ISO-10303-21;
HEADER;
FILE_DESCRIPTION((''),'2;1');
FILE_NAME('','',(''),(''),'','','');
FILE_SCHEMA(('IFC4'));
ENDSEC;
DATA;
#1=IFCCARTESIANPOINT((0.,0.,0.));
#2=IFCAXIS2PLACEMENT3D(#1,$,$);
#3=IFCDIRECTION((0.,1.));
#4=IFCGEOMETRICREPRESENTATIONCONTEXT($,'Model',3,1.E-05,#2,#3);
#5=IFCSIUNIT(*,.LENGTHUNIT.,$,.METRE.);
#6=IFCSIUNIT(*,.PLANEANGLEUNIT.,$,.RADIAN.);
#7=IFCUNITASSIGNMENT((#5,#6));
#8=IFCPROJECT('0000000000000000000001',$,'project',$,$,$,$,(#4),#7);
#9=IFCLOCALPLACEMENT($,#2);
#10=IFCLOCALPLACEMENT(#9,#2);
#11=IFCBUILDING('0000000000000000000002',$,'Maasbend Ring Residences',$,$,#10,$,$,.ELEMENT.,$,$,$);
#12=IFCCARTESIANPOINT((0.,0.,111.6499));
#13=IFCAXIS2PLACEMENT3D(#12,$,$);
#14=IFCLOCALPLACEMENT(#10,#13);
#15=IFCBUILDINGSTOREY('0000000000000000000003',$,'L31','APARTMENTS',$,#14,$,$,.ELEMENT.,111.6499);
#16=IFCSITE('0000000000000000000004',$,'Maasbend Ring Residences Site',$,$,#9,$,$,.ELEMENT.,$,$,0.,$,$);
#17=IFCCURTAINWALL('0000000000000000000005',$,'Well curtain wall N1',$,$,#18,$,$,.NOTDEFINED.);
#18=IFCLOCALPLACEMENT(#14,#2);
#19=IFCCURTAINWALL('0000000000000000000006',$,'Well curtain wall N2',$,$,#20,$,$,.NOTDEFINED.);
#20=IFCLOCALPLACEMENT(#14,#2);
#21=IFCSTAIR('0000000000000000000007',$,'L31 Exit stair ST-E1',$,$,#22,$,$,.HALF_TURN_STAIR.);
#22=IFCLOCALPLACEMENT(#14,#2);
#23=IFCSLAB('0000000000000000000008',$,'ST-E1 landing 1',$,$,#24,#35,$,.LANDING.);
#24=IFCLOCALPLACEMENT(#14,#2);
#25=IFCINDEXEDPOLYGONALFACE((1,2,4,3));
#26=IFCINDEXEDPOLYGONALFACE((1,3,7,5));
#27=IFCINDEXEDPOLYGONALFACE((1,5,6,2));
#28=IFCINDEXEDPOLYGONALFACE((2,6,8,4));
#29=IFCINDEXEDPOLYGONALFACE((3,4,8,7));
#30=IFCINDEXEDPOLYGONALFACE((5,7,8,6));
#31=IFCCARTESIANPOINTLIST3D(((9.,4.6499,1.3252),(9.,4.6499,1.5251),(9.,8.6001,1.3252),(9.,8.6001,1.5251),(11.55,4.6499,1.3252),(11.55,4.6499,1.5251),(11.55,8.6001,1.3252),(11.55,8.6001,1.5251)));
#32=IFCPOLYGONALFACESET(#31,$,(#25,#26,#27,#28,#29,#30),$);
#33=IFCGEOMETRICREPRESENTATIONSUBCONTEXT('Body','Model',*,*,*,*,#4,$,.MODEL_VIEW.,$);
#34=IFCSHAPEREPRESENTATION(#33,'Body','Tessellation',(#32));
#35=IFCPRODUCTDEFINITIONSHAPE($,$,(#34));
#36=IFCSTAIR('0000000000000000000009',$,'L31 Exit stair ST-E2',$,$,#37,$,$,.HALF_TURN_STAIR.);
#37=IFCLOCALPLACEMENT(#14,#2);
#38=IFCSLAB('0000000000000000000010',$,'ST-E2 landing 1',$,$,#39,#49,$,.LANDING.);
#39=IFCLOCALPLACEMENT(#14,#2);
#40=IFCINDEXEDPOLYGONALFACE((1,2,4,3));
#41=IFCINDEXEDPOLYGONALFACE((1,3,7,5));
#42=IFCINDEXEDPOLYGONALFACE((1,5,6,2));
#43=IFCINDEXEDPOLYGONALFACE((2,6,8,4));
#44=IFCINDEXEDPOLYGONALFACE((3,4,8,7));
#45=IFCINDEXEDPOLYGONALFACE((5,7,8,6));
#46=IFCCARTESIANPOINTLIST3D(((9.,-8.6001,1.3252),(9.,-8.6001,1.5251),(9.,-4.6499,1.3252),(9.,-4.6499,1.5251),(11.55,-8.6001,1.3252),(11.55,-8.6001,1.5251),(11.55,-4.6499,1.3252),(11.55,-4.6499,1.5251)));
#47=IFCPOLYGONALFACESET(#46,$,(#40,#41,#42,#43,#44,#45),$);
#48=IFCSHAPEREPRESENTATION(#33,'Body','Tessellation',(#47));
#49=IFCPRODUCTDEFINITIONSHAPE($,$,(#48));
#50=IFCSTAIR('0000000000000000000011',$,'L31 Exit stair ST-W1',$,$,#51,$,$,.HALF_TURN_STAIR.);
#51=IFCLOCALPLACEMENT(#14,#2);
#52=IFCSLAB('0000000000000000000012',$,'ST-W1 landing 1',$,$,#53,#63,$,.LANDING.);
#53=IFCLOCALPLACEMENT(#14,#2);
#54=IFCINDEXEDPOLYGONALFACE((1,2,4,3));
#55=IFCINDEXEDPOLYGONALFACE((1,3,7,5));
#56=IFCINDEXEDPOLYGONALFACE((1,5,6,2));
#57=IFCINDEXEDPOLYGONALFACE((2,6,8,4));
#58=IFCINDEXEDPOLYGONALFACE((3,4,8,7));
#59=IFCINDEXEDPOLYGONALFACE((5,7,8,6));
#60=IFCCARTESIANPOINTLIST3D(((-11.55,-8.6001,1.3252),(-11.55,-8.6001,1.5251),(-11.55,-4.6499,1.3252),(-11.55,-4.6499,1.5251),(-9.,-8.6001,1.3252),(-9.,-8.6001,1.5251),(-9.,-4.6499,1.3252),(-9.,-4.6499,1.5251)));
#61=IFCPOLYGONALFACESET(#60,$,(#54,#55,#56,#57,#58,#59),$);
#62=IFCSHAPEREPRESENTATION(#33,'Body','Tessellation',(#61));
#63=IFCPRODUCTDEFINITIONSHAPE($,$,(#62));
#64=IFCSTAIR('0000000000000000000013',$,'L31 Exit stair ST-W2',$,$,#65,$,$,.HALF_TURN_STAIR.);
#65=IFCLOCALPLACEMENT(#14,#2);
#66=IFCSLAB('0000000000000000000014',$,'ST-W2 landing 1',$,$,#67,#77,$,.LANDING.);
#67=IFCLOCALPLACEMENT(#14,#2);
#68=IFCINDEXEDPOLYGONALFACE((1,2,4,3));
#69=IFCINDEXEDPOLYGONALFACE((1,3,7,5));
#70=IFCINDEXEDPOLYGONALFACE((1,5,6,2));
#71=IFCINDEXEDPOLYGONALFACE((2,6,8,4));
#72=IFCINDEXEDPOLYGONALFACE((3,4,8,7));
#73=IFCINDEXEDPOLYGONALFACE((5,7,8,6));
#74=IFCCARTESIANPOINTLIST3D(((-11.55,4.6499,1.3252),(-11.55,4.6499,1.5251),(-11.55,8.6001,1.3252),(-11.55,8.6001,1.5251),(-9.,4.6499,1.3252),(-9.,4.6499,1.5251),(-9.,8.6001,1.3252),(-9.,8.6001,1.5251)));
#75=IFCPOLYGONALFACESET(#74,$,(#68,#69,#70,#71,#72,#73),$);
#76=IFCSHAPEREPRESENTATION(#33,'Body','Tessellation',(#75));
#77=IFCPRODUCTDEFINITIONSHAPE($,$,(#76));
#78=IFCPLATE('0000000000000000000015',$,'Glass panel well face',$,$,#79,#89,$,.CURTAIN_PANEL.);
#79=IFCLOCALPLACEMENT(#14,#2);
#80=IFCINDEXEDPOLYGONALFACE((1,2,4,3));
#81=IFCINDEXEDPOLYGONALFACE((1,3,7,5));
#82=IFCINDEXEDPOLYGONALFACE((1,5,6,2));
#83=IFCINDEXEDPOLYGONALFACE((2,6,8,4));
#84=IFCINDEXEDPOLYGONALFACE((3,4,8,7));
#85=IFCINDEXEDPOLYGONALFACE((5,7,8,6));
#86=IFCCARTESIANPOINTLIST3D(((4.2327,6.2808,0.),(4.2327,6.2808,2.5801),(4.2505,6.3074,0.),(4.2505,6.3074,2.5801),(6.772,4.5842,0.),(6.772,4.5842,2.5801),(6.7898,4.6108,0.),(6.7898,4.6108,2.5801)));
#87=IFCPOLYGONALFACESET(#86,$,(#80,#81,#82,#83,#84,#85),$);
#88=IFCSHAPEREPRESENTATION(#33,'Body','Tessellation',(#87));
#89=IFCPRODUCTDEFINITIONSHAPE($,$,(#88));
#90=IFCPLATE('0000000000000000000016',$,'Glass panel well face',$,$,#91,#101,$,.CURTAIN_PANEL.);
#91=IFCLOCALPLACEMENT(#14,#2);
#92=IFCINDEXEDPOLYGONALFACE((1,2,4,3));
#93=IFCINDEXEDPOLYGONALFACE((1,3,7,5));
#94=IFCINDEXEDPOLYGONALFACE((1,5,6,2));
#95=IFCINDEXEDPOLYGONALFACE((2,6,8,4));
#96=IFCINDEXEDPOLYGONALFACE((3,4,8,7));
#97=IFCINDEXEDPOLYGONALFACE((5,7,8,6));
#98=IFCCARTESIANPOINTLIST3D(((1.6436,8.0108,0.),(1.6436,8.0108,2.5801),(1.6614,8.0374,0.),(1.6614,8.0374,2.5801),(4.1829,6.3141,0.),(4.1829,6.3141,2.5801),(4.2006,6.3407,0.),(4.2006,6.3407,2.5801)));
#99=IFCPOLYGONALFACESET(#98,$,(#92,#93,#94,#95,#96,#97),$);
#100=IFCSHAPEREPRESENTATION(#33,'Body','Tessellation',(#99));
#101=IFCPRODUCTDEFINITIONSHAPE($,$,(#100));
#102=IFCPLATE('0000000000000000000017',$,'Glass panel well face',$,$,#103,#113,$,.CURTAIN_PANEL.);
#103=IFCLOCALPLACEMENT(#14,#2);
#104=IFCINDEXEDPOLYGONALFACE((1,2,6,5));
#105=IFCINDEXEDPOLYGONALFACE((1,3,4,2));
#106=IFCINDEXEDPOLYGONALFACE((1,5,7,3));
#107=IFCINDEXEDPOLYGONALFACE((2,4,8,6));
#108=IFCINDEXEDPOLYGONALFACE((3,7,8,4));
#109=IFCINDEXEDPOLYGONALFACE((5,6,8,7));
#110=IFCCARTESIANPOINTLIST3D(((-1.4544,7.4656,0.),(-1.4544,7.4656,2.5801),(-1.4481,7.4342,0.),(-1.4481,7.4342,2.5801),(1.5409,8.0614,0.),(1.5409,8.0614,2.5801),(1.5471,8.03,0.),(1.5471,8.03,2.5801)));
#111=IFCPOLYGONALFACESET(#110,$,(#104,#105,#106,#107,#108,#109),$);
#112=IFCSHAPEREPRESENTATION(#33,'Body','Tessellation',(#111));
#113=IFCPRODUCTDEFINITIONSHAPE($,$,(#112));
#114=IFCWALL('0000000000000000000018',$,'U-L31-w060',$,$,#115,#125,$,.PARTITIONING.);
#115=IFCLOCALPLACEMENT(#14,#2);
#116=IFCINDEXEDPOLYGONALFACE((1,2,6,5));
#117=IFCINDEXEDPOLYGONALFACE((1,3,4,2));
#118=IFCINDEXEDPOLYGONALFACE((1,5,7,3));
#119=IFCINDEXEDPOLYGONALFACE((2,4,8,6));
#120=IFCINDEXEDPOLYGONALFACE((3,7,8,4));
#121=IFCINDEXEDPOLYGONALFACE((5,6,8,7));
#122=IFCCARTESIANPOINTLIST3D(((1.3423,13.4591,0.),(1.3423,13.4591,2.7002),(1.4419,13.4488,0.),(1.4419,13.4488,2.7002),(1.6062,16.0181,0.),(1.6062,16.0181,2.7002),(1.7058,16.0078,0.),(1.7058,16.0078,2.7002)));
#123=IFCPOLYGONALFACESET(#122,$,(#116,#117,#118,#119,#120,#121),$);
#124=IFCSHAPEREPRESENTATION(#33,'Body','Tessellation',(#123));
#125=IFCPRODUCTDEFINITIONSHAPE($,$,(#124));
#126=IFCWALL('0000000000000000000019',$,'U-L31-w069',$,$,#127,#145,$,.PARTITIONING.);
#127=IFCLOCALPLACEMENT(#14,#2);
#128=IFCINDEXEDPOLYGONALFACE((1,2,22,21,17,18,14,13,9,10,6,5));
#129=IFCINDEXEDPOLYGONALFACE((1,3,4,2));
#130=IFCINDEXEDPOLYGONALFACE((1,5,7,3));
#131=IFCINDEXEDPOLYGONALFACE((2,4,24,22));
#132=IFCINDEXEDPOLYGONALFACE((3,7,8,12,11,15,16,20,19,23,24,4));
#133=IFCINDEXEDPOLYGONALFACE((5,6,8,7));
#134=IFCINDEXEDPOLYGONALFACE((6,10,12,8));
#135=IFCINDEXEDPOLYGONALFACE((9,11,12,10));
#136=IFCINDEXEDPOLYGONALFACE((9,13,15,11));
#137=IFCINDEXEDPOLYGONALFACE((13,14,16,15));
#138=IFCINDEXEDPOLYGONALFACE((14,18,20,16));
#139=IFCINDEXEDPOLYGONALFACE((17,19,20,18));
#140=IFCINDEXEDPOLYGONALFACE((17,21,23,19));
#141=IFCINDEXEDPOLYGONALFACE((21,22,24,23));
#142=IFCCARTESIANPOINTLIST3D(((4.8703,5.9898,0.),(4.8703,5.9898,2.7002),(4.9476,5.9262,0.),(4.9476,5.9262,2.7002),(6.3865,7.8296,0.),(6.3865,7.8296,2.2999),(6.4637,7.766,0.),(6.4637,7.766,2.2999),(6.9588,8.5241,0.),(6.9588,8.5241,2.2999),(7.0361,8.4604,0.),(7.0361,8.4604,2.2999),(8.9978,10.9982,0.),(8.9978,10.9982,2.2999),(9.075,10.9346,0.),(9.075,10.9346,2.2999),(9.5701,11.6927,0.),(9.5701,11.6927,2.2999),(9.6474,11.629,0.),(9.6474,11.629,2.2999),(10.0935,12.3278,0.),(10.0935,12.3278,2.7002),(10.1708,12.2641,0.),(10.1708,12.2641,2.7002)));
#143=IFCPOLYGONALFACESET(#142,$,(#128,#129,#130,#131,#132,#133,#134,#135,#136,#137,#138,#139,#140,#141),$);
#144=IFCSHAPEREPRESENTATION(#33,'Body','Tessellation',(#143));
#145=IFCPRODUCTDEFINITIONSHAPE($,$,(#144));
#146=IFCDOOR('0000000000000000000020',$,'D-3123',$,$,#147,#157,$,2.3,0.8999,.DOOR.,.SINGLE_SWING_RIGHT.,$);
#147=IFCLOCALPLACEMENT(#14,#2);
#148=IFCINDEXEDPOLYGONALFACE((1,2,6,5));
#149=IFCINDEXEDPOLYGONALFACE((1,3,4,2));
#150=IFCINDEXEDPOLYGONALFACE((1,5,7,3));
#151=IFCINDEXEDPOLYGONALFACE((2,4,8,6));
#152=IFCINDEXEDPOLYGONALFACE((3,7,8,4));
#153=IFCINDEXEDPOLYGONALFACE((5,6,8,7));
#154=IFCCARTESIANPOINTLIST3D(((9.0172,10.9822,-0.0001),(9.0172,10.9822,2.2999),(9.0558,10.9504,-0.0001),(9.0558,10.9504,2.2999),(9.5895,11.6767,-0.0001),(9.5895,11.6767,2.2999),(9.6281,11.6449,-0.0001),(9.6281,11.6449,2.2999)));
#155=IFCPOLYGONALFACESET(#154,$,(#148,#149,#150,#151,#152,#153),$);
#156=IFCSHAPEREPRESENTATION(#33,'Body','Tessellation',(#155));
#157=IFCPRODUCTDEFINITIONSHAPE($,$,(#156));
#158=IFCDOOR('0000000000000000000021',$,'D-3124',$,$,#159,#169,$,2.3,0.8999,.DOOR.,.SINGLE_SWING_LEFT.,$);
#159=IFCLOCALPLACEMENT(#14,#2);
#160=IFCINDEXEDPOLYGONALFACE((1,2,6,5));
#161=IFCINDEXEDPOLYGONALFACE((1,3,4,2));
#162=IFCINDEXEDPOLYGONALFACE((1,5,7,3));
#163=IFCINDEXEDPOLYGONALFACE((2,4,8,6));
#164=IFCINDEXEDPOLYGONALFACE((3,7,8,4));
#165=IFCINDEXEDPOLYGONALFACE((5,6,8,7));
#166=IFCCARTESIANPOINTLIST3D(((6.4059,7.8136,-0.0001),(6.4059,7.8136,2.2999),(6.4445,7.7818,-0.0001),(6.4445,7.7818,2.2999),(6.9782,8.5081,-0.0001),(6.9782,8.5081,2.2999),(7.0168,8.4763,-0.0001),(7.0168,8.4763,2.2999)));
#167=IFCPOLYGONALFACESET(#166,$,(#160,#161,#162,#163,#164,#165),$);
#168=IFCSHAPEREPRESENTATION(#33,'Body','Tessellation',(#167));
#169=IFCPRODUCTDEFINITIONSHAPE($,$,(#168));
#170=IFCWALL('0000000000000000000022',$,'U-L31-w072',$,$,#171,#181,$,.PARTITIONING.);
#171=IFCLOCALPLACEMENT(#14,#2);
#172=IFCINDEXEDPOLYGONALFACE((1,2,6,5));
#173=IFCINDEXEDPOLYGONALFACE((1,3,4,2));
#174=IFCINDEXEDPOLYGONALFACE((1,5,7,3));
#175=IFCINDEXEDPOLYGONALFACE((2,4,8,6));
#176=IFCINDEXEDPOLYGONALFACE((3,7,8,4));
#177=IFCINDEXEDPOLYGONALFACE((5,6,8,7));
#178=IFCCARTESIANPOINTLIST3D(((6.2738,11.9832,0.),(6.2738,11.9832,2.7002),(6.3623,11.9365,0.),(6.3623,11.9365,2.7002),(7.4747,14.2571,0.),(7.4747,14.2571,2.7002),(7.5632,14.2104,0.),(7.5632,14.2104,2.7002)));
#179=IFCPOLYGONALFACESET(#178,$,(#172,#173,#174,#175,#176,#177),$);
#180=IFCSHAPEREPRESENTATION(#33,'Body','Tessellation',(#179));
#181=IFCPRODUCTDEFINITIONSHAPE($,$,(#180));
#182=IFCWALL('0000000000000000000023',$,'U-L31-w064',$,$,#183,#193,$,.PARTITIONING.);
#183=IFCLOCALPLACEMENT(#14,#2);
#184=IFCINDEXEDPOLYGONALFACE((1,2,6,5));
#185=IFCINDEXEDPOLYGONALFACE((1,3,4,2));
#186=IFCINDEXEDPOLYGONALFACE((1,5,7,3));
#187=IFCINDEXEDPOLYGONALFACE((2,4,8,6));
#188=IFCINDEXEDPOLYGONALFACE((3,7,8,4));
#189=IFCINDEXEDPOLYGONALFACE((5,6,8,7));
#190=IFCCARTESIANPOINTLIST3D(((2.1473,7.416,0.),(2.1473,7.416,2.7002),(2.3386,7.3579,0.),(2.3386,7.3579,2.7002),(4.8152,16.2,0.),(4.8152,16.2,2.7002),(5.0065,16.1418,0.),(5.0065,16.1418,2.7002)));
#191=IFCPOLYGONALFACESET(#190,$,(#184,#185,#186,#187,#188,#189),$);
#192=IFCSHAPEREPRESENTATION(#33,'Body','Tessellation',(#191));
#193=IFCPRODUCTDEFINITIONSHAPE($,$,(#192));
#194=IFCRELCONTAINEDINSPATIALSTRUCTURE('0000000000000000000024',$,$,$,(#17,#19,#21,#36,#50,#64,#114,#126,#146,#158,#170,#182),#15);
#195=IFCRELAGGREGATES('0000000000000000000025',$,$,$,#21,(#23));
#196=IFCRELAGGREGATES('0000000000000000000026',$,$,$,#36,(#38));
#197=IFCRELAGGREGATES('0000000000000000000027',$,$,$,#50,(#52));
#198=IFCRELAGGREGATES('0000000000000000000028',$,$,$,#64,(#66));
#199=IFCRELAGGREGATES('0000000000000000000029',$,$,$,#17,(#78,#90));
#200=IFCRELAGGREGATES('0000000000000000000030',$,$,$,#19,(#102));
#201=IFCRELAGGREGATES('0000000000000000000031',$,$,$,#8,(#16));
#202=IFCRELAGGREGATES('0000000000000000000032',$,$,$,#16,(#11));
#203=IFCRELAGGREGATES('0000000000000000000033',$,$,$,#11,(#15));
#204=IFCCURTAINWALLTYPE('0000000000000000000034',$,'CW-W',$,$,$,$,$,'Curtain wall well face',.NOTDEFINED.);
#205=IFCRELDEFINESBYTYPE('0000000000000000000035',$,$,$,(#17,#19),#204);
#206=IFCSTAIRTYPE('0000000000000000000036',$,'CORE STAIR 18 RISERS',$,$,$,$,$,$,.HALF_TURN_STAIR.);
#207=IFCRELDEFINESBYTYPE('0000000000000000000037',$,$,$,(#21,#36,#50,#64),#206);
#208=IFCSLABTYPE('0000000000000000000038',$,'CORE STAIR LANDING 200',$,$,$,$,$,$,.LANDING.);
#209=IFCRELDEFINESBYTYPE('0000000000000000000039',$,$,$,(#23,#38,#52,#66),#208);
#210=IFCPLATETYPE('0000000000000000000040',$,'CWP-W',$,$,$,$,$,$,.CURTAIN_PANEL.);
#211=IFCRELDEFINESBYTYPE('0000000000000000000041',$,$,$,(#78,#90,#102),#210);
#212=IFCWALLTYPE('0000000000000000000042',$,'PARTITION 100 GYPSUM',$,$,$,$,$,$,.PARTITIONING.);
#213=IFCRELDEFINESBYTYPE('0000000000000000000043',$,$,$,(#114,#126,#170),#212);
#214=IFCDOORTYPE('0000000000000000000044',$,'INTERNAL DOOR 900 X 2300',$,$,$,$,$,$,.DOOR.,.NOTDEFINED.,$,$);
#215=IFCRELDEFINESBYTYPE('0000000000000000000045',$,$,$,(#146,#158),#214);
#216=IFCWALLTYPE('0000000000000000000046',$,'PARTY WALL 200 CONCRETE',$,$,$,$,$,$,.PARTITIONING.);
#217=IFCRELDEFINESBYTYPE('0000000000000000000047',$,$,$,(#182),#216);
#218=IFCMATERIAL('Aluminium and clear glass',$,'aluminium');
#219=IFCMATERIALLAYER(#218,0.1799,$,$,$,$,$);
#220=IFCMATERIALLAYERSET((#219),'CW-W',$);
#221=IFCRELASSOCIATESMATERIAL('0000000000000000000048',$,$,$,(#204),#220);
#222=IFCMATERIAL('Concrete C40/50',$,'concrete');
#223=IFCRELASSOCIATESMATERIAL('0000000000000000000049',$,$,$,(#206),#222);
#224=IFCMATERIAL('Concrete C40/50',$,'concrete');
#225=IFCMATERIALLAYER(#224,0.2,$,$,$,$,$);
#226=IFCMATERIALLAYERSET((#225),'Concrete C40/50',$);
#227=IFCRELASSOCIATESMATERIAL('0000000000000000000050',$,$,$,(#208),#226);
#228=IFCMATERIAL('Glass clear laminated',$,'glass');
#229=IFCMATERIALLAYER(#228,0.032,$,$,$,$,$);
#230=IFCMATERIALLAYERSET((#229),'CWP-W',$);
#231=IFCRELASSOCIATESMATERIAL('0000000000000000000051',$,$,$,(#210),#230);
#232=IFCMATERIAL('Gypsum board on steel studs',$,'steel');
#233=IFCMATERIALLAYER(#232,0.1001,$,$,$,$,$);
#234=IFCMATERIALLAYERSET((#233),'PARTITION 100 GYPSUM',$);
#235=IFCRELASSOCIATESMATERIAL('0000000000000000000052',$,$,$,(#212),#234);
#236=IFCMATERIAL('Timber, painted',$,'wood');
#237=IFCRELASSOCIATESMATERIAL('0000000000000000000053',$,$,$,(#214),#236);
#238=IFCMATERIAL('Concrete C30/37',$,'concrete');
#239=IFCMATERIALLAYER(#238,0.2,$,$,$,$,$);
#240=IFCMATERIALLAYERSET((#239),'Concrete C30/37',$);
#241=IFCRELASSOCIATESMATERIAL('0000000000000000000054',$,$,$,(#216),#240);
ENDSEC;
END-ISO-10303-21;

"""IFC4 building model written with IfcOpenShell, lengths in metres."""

from ifc_helpers import new_model, si_unit, direction, frame, frame_2d, origin, origin_2d, place, context, subcontext, project, spatial, polyline, rectangle, outline, extrude, material, layer, layer_set, type_object, element, fill, aggregate, save


model = new_model("IFC4")

# Units and contexts
model_context = context("Model", 3, precision=1e-05, world=origin(), true_north=direction((0.0, 1.0)))
body_context = subcontext(model_context, "Body", "Model", "MODEL_VIEW")
ifc_project = project(units=[si_unit("LENGTHUNIT", "METRE"), si_unit("PLANEANGLEUNIT", "RADIAN")], contexts=[model_context])

# Site, building, storey
site_placement = place(None, origin())
site = spatial("IfcSite", under=ifc_project, at=site_placement, Name="Maasbend Ring Residences Site", CompositionType="ELEMENT", RefElevation=0.0)
building_placement = place(site_placement, origin())
building = spatial("IfcBuilding", under=site, at=building_placement, Name="Maasbend Ring Residences", CompositionType="ELEMENT")
storey_placement = place(building_placement, frame((0.0, 0.0, 111.6499)))
storey = spatial("IfcBuildingStorey", under=building, at=storey_placement, Name="L31", Description="APARTMENTS", CompositionType="ELEMENT", Elevation=111.6499)

# Curtain wall
ifc_material_1 = material(Name="Aluminium and clear glass", Category="aluminium")
ifc_layer_1 = layer(ifc_material_1, 0.1799)
ifc_layer_set_1 = layer_set([ifc_layer_1], Name="CW-W")
curtain_wall_type = type_object("IfcCurtainWallType", Name="CW-W", ElementType="Curtain wall well face", PredefinedType="NOTDEFINED", material=ifc_layer_set_1)
curtain_wall_1_placement = place(storey_placement, origin())
curtain_wall_1 = element("IfcCurtainWall", 1, at=curtain_wall_1_placement, inside=storey, type_object=curtain_wall_type, Name="Well curtain wall N1", PredefinedType="NOTDEFINED")

# Curtain wall
curtain_wall_2_placement = place(storey_placement, origin())
curtain_wall_2 = element("IfcCurtainWall", 2, at=curtain_wall_2_placement, inside=storey, type_object=curtain_wall_type, Name="Well curtain wall N2", PredefinedType="NOTDEFINED")

# Stairs, slabs
ifc_material_2 = material(Name="Concrete C40/50", Category="concrete")
stair_type = type_object("IfcStairType", Name="CORE STAIR 18 RISERS", PredefinedType="HALF_TURN_STAIR", material=ifc_material_2)
stair_1_placement = place(storey_placement, origin())
stair_1 = element("IfcStair", 3, at=stair_1_placement, inside=storey, type_object=stair_type, Name="L31 Exit stair ST-E1", PredefinedType="HALF_TURN_STAIR")
ifc_material_3 = material(Name="Concrete C40/50", Category="concrete")
ifc_layer_2 = layer(ifc_material_3, 0.2)
ifc_layer_set_2 = layer_set([ifc_layer_2], Name="Concrete C40/50")
slab_type = type_object("IfcSlabType", Name="CORE STAIR LANDING 200", PredefinedType="LANDING", material=ifc_layer_set_2)
slab_1_placement = place(storey_placement, frame((0.0, 0.0, 1.3252)))
slab_1 = element("IfcSlab", 4, at=slab_1_placement, type_object=slab_type, Name="ST-E1 landing 1", PredefinedType="LANDING", context=body_context, shape_type="SweptSolid", body=[
    extrude(outline(polyline([(11.55, 8.6001), (9.0, 8.6001), (9.0, 4.6499), (11.55, 4.6499), (11.55, 8.6001)])), origin(), (0.0, 0.0, 1.0), 0.2),
])
aggregate(stair_1, [slab_1])
stair_2_placement = place(storey_placement, origin())
stair_2 = element("IfcStair", 5, at=stair_2_placement, inside=storey, type_object=stair_type, Name="L31 Exit stair ST-E2", PredefinedType="HALF_TURN_STAIR")
slab_2_placement = place(storey_placement, frame((0.0, 0.0, 1.3252)))
slab_2 = element("IfcSlab", 6, at=slab_2_placement, type_object=slab_type, Name="ST-E2 landing 1", PredefinedType="LANDING", context=body_context, shape_type="SweptSolid", body=[
    extrude(outline(polyline([(11.55, -4.6499), (9.0, -4.6499), (9.0, -8.6001), (11.55, -8.6001), (11.55, -4.6499)])), origin(), (0.0, 0.0, 1.0), 0.2),
])
aggregate(stair_2, [slab_2])
stair_3_placement = place(storey_placement, origin())
stair_3 = element("IfcStair", 7, at=stair_3_placement, inside=storey, type_object=stair_type, Name="L31 Exit stair ST-W1", PredefinedType="HALF_TURN_STAIR")
slab_3_placement = place(storey_placement, frame((0.0, 0.0, 1.3252)))
slab_3 = element("IfcSlab", 8, at=slab_3_placement, type_object=slab_type, Name="ST-W1 landing 1", PredefinedType="LANDING", context=body_context, shape_type="SweptSolid", body=[
    extrude(outline(polyline([(-11.55, -8.6001), (-9.0, -8.6001), (-9.0, -4.6499), (-11.55, -4.6499), (-11.55, -8.6001)])), origin(), (0.0, 0.0, 1.0), 0.2),
])
aggregate(stair_3, [slab_3])
stair_4_placement = place(storey_placement, origin())
stair_4 = element("IfcStair", 9, at=stair_4_placement, inside=storey, type_object=stair_type, Name="L31 Exit stair ST-W2", PredefinedType="HALF_TURN_STAIR")
slab_4_placement = place(storey_placement, frame((0.0, 0.0, 1.3252)))
slab_4 = element("IfcSlab", 10, at=slab_4_placement, type_object=slab_type, Name="ST-W2 landing 1", PredefinedType="LANDING", context=body_context, shape_type="SweptSolid", body=[
    extrude(outline(polyline([(-11.55, 4.6499), (-9.0, 4.6499), (-9.0, 8.6001), (-11.55, 8.6001), (-11.55, 4.6499)])), origin(), (0.0, 0.0, 1.0), 0.2),
])
aggregate(stair_4, [slab_4])

# Plates
ifc_material_4 = material(Name="Glass clear laminated", Category="glass")
ifc_layer_3 = layer(ifc_material_4, 0.032)
ifc_layer_set_3 = layer_set([ifc_layer_3], Name="CWP-W")
plate_type = type_object("IfcPlateType", Name="CWP-W", PredefinedType="CURTAIN_PANEL", material=ifc_layer_set_3)
plate_1_placement = place(storey_placement, frame((5.5112, 5.4458, 0.0), z_axis=(0.0, 0.0, 1.0), x_axis=(-0.83147, 0.55557, 0.0)))
plate_1 = element("IfcPlate", 11, at=plate_1_placement, type_object=plate_type, Name="Glass panel well face", PredefinedType="CURTAIN_PANEL", context=body_context, shape_type="SweptSolid", body=[
    extrude(rectangle(XDim=3.054, YDim=0.032, at=origin_2d()), origin(), (0.0, 0.0, 1.0), 2.5801),
])
plate_2_placement = place(storey_placement, frame((2.9221, 7.1758, 0.0), z_axis=(0.0, 0.0, 1.0), x_axis=(-0.83147, 0.55557, 0.0)))
plate_2 = element("IfcPlate", 12, at=plate_2_placement, type_object=plate_type, Name="Glass panel well face", PredefinedType="CURTAIN_PANEL", context=body_context, shape_type="SweptSolid", body=[
    extrude(rectangle(XDim=3.054, YDim=0.032, at=origin_2d()), origin(), (0.0, 0.0, 1.0), 2.5801),
])
aggregate(curtain_wall_1, [plate_1, plate_2])
plate_3_placement = place(storey_placement, frame((0.0464, 7.7478, 0.0), z_axis=(0.0, 0.0, 1.0), x_axis=(-0.980785, -0.19509, 0.0)))
plate_3 = element("IfcPlate", 13, at=plate_3_placement, type_object=plate_type, Name="Glass panel well face", PredefinedType="CURTAIN_PANEL", context=body_context, shape_type="SweptSolid", body=[
    extrude(rectangle(XDim=3.054, YDim=0.032, at=origin_2d()), origin(), (0.0, 0.0, 1.0), 2.5801),
])
aggregate(curtain_wall_2, [plate_3])

# Wall
ifc_material_5 = material(Name="Gypsum board on steel studs", Category="steel")
ifc_layer_4 = layer(ifc_material_5, 0.1001)
ifc_layer_set_4 = layer_set([ifc_layer_4], Name="PARTITION 100 GYPSUM")
wall_type_1 = type_object("IfcWallType", Name="PARTITION 100 GYPSUM", PredefinedType="PARTITIONING", material=ifc_layer_set_4)
wall_1_placement = place(storey_placement, frame((1.3921, 13.4541, 0.0), z_axis=(0.0, 0.0, 1.0), x_axis=(0.102595, 0.994723, 0.0)))
element("IfcWall", 14, at=wall_1_placement, inside=storey, type_object=wall_type_1, Name="U-L31-w060", PredefinedType="PARTITIONING", context=body_context, shape_type="SweptSolid", body=[
    extrude(rectangle(XDim=2.5725, YDim=0.1001, at=frame_2d((1.2861, 0.0))), origin(), (0.0, 0.0, 1.0), 2.7002),
])

# Wall, openings, doors
wall_2_placement = place(storey_placement, frame((4.9089, 5.958, 0.0), z_axis=(0.0, 0.0, 1.0), x_axis=(0.635976, 0.771709, 0.0)))
wall_2 = element("IfcWall", 15, at=wall_2_placement, inside=storey, type_object=wall_type_1, Name="U-L31-w069", PredefinedType="PARTITIONING", context=body_context, shape_type="SweptSolid", body=[
    extrude(rectangle(XDim=8.2129, YDim=0.1001, at=frame_2d((4.1064, 0.0))), origin(), (0.0, 0.0, 1.0), 2.7002),
])
opening_1_placement = place(wall_2_placement, frame((6.49, 0.0, 0.0)))
opening_1 = element("IfcOpeningElement", 16, at=opening_1_placement, cuts=wall_2, PredefinedType="OPENING", context=body_context, shape_type="SweptSolid", body=[
    extrude(rectangle(XDim=0.8999, YDim=2.3, at=frame_2d((0.45, 1.1499))), frame((0.0, 0.0601, 0.0), z_axis=(0.0, -1.0, 0.0), x_axis=(1.0, 0.0, 0.0)), (0.0, 0.0, 1.0), 0.1201),
])
opening_2_placement = place(wall_2_placement, frame((2.384, 0.0, 0.0)))
opening_2 = element("IfcOpeningElement", 17, at=opening_2_placement, cuts=wall_2, PredefinedType="OPENING", context=body_context, shape_type="SweptSolid", body=[
    extrude(rectangle(XDim=0.8999, YDim=2.3, at=frame_2d((0.45, 1.1499))), frame((0.0, 0.0601, 0.0), z_axis=(0.0, -1.0, 0.0), x_axis=(1.0, 0.0, 0.0)), (0.0, 0.0, 1.0), 0.1201),
])
ifc_material_6 = material(Name="Timber, painted", Category="wood")
door_type = type_object("IfcDoorType", Name="INTERNAL DOOR 900 X 2300", OperationType="NOTDEFINED", PredefinedType="DOOR", material=ifc_material_6)
door_1_placement = place(opening_1_placement, origin())
door_1 = element("IfcDoor", 18, at=door_1_placement, inside=storey, type_object=door_type, Name="D-3123", OperationType="SINGLE_SWING_RIGHT", OverallHeight=2.3, OverallWidth=0.8999, PredefinedType="DOOR", context=body_context, shape_type="SweptSolid", body=[
    extrude(rectangle(XDim=0.8999, YDim=2.3, at=frame_2d((0.45, 1.1499))), frame((0.0, 0.0249, 0.0), z_axis=(0.0, -1.0, 0.0), x_axis=(1.0, 0.0, 0.0)), (0.0, 0.0, 1.0), 0.05),
])
fill(opening_1, door_1)
door_2_placement = place(opening_2_placement, origin())
door_2 = element("IfcDoor", 19, at=door_2_placement, inside=storey, type_object=door_type, Name="D-3124", OperationType="SINGLE_SWING_LEFT", OverallHeight=2.3, OverallWidth=0.8999, PredefinedType="DOOR", context=body_context, shape_type="SweptSolid", body=[
    extrude(rectangle(XDim=0.8999, YDim=2.3, at=frame_2d((0.45, 1.1499))), frame((0.0, 0.0249, 0.0), z_axis=(0.0, -1.0, 0.0), x_axis=(1.0, 0.0, 0.0)), (0.0, 0.0, 1.0), 0.05),
])
fill(opening_2, door_2)

# Walls
wall_3_placement = place(storey_placement, frame((6.3181, 11.96, 0.0), z_axis=(0.0, 0.0, 1.0), x_axis=(0.467002, 0.884256, 0.0)))
element("IfcWall", 20, at=wall_3_placement, inside=storey, type_object=wall_type_1, Name="U-L31-w072", PredefinedType="PARTITIONING", context=body_context, shape_type="SweptSolid", body=[
    extrude(rectangle(XDim=2.5715, YDim=0.1001, at=frame_2d((1.2856, 0.0))), origin(), (0.0, 0.0, 1.0), 2.7002),
])
ifc_material_7 = material(Name="Concrete C30/37", Category="concrete")
ifc_layer_5 = layer(ifc_material_7, 0.2)
ifc_layer_set_5 = layer_set([ifc_layer_5], Name="Concrete C30/37")
wall_type_2 = type_object("IfcWallType", Name="PARTY WALL 200 CONCRETE", PredefinedType="PARTITIONING", material=ifc_layer_set_5)
wall_4_placement = place(storey_placement, frame((2.2429, 7.387, 0.0), z_axis=(0.0, 0.0, 1.0), x_axis=(0.290623, 0.956838, 0.0)))
element("IfcWall", 21, at=wall_4_placement, inside=storey, type_object=wall_type_2, Name="U-L31-w064", PredefinedType="PARTITIONING", context=body_context, shape_type="SweptSolid", body=[
    extrude(rectangle(XDim=9.1802, YDim=0.2, at=frame_2d((4.5901, 0.0))), origin(), (0.0, 0.0, 1.0), 2.7002),
])

save(model, "model.ifc")
